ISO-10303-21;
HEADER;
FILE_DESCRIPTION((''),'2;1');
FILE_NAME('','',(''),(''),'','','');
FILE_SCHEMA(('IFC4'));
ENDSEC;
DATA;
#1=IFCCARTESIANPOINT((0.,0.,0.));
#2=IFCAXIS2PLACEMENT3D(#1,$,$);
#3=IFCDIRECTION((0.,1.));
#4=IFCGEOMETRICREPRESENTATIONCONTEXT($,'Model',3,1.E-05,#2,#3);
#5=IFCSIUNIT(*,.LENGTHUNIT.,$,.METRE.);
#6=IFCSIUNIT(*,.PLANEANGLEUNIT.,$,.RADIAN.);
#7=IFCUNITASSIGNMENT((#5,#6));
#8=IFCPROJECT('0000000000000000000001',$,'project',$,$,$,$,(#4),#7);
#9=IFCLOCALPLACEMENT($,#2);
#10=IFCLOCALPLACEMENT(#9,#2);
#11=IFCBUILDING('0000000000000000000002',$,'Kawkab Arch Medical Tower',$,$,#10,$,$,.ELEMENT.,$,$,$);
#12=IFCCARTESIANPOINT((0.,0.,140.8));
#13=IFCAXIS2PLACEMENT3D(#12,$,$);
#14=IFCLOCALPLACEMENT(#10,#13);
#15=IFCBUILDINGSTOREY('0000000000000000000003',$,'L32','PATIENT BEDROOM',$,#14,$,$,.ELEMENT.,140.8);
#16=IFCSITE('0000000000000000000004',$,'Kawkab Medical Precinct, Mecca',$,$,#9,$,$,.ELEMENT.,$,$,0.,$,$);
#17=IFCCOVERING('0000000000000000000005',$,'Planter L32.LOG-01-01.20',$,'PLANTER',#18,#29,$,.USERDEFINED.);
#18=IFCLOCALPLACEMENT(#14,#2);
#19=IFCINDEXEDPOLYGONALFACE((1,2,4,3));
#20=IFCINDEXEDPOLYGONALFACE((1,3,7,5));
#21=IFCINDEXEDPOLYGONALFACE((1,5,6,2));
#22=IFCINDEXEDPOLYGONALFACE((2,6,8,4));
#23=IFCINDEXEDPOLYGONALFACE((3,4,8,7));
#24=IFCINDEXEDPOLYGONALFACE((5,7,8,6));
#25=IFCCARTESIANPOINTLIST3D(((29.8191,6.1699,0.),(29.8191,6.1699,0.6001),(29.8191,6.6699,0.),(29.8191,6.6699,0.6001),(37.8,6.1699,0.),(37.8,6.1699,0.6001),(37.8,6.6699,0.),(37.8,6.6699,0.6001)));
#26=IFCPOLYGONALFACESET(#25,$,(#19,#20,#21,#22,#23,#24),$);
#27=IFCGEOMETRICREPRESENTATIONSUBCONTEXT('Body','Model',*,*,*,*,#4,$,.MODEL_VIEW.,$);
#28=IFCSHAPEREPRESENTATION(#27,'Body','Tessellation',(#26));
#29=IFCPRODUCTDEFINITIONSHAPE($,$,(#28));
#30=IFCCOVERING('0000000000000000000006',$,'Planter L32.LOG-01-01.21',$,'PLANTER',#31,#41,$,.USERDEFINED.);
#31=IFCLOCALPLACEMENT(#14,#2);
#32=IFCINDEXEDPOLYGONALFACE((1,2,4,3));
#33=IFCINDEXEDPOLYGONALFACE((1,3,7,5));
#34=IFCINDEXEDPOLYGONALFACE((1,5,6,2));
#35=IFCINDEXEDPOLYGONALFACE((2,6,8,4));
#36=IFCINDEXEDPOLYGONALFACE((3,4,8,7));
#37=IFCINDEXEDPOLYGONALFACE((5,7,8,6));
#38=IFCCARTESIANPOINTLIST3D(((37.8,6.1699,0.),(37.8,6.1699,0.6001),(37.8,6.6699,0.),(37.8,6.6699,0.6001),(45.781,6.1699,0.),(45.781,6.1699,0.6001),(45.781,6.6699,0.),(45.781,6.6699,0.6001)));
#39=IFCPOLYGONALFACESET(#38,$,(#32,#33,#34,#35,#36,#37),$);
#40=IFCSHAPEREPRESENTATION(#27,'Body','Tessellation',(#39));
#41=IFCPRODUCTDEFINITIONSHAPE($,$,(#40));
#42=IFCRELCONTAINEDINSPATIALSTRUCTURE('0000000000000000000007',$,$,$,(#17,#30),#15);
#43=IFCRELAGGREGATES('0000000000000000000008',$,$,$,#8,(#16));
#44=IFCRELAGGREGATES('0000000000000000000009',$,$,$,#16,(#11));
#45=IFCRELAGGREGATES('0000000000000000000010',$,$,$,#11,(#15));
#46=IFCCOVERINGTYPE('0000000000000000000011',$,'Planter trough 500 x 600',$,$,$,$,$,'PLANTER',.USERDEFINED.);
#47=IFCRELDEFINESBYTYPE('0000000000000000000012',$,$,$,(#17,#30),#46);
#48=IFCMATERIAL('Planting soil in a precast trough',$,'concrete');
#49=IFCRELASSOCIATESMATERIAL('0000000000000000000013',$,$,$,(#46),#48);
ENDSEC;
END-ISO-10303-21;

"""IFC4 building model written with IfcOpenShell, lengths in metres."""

from ifc_helpers import new_model, si_unit, direction, frame, origin, origin_2d, place, context, subcontext, project, spatial, rectangle, extrude, material, material_profile, profile_set, type_object, element, save


model = new_model("IFC4")

# Units and contexts
model_context = context("Model", 3, precision=1e-05, world=origin(), true_north=direction((0.0, 1.0)))
body_context = subcontext(model_context, "Body", "Model", "MODEL_VIEW")
ifc_project = project(units=[si_unit("LENGTHUNIT", "METRE"), si_unit("PLANEANGLEUNIT", "RADIAN")], contexts=[model_context])

# Site, building, storey
site_placement = place(None, origin())
site = spatial("IfcSite", under=ifc_project, at=site_placement, Name="Kawkab Medical Precinct, Mecca", CompositionType="ELEMENT", RefElevation=0.0)
building_placement = place(site_placement, origin())
building = spatial("IfcBuilding", under=site, at=building_placement, Name="Kawkab Arch Medical Tower", CompositionType="ELEMENT")
storey_placement = place(building_placement, frame((0.0, 0.0, 140.8)))
storey = spatial("IfcBuildingStorey", under=building, at=storey_placement, Name="L32", Description="PATIENT BEDROOM", CompositionType="ELEMENT", Elevation=140.8)

# Coverings
ifc_material_1 = material(Name="Planting soil in a precast trough", Category="concrete")
ifc_material_profile_1 = material_profile(ifc_material_1, rectangle(XDim=0.5, YDim=0.6001, at=origin_2d()), Name="Trough 500x600")
ifc_profile_set_1 = profile_set([ifc_material_profile_1], Name="Planting soil in a precast trough")
covering_type_1 = type_object("IfcCoveringType", Name="Planter trough 500 x 600", ElementType="PLANTER", PredefinedType="USERDEFINED", material=ifc_profile_set_1)
for number, where, z_axis, x_axis, name in (
    (1, (29.8191, 6.4199, 0.3), (1.0, 0.0, 0.0), (0.0, 1.0, 0.0), "Planter L32.LOG-01-01.20"),
    (2, (37.8, 6.4199, 0.3), (1.0, 0.0, 0.0), (0.0, 1.0, 0.0), "Planter L32.LOG-01-01.21"),
):
    element("IfcCovering", number, at=place(storey_placement, frame(where, z_axis=z_axis, x_axis=x_axis)), inside=storey, type_object=covering_type_1, Name=name, ObjectType="PLANTER", PredefinedType="USERDEFINED", context=body_context, shape_type="SweptSolid", body=[
        extrude(rectangle(XDim=0.5, YDim=0.6001, at=origin_2d()), origin(), (0.0, 0.0, 1.0), 7.981),
    ])

save(model, "model.ifc")
